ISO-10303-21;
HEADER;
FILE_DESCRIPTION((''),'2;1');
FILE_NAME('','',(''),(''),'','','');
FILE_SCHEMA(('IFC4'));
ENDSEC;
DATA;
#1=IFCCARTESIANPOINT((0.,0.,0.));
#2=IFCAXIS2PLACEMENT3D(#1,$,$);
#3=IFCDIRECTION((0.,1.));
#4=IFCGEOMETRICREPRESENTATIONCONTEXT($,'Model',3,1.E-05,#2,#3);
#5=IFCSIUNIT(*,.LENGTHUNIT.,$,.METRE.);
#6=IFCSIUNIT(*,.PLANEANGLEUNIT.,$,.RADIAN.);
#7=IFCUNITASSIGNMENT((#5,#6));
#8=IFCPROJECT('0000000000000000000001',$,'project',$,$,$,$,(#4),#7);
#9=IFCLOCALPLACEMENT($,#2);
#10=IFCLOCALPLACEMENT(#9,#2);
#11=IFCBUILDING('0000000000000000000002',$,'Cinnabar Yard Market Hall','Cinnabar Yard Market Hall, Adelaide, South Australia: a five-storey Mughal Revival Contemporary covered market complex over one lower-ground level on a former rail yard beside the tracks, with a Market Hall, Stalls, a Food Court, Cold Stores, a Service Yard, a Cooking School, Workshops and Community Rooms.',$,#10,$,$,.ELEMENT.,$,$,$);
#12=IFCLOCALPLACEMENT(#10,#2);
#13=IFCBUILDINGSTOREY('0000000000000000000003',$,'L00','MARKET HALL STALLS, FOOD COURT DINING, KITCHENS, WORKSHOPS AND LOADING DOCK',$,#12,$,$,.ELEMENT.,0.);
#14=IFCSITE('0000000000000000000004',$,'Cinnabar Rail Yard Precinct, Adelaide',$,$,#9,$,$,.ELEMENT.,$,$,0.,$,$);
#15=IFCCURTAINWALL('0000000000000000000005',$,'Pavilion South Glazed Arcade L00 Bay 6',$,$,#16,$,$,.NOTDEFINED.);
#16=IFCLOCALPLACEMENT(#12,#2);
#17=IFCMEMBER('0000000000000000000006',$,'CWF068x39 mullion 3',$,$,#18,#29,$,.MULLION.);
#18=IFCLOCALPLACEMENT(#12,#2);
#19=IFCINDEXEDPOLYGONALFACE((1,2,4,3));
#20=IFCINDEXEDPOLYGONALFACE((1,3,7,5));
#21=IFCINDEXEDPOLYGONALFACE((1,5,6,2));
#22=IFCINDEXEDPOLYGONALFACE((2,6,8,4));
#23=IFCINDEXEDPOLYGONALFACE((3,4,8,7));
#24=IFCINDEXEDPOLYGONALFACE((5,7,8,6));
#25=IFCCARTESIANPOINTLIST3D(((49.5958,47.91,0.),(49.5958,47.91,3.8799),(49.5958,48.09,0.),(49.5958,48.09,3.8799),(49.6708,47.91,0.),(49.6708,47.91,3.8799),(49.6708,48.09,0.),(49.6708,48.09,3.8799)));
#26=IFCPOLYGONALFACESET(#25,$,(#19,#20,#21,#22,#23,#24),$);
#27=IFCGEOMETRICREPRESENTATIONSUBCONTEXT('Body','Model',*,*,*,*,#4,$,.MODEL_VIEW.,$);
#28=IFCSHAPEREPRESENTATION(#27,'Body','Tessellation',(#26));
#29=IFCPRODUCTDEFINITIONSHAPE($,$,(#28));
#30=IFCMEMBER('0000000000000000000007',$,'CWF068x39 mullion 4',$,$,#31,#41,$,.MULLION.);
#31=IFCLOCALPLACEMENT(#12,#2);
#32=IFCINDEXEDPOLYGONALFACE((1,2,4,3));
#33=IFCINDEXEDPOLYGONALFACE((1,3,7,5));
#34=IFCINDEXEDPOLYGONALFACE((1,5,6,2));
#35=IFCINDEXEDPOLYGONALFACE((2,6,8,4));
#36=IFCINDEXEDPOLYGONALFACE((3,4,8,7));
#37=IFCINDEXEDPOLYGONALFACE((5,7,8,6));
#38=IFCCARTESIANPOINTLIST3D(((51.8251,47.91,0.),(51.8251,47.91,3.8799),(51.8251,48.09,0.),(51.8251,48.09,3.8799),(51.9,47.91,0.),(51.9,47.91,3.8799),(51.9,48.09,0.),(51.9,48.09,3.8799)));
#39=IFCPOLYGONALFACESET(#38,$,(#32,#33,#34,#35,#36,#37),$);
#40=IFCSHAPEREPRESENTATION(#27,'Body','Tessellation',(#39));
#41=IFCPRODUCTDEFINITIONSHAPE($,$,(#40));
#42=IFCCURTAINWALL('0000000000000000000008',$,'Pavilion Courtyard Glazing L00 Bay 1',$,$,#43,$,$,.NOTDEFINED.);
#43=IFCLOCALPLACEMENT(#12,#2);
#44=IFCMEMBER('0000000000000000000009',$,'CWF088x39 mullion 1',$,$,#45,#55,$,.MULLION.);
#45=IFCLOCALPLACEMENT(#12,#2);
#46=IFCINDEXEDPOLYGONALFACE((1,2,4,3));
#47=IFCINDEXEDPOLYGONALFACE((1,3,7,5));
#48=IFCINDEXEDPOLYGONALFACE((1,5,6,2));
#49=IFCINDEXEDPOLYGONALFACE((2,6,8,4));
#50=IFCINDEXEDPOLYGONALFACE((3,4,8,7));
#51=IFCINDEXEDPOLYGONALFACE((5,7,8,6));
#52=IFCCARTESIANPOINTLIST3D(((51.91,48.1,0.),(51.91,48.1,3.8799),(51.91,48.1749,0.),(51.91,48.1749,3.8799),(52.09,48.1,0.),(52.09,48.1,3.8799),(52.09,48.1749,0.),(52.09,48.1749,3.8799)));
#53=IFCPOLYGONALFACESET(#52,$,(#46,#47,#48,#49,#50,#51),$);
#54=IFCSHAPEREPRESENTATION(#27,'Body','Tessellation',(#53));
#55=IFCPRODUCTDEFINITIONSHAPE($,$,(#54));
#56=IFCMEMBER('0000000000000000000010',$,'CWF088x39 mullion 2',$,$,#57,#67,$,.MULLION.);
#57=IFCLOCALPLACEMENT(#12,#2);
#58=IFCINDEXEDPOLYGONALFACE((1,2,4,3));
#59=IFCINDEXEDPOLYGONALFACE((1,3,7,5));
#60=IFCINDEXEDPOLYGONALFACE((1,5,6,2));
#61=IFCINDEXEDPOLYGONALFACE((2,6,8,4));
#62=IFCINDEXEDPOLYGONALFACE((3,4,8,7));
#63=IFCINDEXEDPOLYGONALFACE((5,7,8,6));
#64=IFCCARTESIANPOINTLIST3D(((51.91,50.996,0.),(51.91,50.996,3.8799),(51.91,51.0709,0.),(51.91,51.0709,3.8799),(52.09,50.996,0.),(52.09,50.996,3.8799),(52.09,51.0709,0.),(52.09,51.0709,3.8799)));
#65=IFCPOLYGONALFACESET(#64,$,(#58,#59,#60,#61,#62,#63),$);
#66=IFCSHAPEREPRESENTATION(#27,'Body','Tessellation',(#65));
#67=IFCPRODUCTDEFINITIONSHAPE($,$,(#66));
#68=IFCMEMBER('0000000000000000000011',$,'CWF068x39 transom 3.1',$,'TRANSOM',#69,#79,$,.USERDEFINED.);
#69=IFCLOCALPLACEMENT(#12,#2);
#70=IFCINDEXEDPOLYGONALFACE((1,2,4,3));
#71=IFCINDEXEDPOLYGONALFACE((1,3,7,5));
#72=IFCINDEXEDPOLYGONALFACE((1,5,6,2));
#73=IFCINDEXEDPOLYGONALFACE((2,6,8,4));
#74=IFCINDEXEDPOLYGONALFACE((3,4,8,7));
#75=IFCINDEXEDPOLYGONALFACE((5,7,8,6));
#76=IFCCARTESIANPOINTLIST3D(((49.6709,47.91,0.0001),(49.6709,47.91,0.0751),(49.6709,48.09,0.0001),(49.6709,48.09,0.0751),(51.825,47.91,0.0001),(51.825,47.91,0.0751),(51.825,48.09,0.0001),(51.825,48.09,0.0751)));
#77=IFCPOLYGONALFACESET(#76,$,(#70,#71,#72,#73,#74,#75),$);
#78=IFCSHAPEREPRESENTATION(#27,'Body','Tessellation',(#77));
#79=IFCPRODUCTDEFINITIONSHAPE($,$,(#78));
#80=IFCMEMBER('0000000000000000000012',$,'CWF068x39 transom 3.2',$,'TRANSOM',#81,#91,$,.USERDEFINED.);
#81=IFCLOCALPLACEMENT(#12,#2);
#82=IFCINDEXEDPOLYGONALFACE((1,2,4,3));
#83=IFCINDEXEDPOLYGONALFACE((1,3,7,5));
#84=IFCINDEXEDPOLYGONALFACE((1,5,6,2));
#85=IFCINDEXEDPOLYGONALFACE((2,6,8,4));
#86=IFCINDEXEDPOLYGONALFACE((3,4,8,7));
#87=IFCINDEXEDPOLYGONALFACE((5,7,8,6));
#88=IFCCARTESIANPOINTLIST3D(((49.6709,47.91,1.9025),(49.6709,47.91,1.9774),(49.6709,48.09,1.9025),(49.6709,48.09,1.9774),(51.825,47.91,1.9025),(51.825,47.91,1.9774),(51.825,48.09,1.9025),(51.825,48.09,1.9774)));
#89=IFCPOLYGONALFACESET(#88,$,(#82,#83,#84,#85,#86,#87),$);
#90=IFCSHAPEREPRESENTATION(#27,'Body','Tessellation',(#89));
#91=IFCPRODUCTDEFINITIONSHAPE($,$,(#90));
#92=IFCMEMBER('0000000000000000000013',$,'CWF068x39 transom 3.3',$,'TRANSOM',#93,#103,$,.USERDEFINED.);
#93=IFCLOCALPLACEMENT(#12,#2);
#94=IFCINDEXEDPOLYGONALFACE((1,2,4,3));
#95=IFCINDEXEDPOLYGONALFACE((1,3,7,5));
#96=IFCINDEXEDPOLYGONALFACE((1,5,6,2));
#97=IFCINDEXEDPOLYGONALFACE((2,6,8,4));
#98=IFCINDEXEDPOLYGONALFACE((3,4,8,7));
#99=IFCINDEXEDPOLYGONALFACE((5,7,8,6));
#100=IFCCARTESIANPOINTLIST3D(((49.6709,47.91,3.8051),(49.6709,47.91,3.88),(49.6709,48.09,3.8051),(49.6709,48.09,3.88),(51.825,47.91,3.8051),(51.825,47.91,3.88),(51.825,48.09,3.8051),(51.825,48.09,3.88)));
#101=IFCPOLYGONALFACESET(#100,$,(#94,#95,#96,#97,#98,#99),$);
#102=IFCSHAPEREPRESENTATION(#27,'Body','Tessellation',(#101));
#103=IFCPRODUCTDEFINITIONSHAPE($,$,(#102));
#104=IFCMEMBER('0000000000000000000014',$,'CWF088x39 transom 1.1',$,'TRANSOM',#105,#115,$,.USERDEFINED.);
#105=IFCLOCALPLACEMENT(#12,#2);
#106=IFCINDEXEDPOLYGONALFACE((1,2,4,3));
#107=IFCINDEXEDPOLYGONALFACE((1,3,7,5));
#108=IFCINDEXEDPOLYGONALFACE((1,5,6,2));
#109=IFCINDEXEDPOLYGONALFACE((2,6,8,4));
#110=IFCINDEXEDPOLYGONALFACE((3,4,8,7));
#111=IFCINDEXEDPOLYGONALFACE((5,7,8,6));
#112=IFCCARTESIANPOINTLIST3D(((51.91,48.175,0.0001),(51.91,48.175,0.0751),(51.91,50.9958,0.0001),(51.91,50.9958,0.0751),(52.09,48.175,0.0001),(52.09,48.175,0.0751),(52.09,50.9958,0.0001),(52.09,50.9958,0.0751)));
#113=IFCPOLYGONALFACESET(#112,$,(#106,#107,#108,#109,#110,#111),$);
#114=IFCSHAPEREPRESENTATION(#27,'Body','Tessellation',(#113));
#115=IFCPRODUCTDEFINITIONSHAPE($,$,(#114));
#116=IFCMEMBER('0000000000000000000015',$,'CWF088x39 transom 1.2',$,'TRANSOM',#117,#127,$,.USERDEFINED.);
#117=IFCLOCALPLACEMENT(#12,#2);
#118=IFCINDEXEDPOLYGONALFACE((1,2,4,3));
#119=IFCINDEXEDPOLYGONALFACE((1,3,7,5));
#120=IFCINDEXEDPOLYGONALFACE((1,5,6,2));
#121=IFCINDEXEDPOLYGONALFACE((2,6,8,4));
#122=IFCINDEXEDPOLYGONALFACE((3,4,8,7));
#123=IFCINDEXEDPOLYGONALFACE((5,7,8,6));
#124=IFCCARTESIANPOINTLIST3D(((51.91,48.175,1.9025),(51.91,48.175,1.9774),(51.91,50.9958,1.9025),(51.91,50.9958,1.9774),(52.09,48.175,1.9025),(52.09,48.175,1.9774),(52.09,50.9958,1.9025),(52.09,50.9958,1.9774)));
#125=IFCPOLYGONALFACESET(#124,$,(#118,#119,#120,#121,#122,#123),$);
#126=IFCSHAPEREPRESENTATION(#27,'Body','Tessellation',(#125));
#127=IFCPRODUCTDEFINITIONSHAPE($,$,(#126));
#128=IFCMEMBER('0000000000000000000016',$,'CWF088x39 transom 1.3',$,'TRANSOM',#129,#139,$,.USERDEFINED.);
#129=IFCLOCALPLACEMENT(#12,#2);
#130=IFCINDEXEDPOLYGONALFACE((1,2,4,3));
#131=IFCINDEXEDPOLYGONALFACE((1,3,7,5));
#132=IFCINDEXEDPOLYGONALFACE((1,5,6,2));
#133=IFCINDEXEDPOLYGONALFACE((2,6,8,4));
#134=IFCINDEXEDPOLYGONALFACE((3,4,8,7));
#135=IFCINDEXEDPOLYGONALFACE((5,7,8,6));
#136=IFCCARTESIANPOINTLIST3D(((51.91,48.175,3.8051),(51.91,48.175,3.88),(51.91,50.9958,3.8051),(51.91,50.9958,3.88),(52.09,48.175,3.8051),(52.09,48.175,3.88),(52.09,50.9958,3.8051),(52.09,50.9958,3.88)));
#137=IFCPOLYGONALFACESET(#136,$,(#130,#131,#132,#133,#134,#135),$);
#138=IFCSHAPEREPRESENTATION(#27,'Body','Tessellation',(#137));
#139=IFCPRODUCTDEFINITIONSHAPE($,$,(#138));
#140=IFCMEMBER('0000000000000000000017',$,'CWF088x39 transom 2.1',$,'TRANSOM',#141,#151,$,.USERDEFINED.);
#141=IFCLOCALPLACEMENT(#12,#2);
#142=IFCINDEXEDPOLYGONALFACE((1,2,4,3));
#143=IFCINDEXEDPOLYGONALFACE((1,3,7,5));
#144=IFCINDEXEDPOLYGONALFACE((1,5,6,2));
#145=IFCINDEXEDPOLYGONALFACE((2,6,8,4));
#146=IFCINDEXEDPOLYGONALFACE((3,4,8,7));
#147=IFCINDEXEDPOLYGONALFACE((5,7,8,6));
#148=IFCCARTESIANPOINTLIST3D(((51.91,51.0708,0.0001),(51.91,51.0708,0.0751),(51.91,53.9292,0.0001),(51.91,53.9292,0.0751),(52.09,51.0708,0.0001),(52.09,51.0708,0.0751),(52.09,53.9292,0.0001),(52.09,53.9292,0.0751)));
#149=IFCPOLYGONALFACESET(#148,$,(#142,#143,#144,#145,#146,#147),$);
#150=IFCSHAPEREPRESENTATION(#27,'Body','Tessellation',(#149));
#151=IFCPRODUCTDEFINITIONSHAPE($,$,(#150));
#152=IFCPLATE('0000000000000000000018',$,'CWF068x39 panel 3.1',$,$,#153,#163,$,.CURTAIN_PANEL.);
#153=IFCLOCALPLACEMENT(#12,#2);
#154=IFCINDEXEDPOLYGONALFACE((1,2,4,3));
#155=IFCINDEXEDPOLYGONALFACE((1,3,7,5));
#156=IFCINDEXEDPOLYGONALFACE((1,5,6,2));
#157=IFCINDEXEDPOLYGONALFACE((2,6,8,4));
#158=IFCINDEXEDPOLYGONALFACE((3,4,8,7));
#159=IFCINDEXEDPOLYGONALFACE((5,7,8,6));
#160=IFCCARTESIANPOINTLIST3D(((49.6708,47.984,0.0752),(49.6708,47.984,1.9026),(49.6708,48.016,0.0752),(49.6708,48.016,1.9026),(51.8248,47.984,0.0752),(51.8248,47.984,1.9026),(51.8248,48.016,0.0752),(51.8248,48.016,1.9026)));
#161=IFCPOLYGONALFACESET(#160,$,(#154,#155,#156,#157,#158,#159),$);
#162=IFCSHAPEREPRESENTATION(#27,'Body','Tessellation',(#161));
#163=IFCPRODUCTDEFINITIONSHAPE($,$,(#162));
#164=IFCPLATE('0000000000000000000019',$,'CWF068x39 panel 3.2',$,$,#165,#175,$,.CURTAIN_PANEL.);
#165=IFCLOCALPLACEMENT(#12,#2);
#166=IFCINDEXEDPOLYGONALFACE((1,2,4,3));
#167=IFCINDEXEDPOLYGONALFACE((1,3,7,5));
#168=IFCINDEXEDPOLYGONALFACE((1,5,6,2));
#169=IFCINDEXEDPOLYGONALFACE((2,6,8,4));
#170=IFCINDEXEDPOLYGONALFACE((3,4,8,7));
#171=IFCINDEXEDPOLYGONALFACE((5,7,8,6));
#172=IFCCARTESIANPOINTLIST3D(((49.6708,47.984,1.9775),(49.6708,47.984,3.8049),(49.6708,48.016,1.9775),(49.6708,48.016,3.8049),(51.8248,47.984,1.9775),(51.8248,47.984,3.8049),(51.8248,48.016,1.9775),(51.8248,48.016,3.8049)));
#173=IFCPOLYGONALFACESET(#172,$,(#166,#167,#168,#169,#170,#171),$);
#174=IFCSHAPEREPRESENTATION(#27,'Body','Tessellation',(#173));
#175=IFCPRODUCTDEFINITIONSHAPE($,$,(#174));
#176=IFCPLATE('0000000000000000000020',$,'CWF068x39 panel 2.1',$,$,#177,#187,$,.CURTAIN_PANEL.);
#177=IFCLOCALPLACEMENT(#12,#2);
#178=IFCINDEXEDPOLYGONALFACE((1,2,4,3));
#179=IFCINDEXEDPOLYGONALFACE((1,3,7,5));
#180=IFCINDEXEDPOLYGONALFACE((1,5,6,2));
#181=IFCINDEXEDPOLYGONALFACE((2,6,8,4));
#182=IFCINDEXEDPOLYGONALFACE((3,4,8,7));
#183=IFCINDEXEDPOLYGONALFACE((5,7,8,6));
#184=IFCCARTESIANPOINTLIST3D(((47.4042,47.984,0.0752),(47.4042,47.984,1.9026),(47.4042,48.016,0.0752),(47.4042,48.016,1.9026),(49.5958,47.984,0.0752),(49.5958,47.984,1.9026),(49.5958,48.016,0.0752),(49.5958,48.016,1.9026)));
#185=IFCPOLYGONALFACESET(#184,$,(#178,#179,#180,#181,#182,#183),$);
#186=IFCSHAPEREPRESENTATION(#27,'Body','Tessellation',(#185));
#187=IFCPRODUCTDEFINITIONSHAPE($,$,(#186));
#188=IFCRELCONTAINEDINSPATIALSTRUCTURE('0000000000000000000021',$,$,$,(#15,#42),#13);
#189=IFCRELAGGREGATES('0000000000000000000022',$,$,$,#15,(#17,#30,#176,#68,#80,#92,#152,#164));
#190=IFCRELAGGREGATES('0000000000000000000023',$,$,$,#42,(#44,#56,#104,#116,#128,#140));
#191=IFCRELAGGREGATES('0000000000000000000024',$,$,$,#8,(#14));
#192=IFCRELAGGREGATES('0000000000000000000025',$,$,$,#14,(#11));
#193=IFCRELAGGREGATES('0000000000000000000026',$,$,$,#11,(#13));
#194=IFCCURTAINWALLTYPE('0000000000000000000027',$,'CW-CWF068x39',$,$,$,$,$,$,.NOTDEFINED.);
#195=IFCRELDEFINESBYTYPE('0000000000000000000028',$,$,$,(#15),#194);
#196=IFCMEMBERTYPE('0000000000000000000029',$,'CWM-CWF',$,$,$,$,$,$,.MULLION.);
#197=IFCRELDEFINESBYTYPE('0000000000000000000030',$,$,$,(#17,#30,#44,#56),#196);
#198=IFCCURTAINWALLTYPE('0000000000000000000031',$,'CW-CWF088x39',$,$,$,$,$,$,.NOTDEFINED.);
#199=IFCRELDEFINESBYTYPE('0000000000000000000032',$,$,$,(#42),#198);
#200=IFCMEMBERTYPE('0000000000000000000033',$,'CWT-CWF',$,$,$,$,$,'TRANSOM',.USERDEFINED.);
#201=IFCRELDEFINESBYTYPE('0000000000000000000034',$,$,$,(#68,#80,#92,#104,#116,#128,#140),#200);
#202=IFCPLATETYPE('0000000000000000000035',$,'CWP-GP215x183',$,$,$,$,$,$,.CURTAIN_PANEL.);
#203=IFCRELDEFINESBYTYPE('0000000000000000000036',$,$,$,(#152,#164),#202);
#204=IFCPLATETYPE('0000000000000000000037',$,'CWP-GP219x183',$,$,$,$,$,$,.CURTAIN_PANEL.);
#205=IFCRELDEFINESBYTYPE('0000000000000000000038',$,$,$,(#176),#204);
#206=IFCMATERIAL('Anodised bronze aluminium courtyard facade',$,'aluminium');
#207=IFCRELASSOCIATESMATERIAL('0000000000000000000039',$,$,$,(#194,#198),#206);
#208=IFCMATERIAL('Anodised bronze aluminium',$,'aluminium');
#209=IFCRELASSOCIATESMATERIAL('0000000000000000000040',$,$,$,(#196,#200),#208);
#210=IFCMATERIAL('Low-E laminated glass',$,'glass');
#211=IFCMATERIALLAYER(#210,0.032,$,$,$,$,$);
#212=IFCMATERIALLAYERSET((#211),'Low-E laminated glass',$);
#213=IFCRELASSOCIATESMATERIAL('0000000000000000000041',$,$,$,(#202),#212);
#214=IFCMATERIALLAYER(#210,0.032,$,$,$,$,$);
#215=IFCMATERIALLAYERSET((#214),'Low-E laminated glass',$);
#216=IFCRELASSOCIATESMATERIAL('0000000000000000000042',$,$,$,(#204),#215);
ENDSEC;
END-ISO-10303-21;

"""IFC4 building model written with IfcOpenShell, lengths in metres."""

from ifc_helpers import new_model, si_unit, direction, frame, origin, origin_2d_with_axis, place, context, subcontext, project, spatial, rectangle, extrude, material, layer, layer_set, material_profile, profile_set, type_object, element, aggregate, save


model = new_model("IFC4")

# Units and contexts
model_context = context("Model", 3, precision=1e-05, world=origin(), true_north=direction((0.0, 1.0)))
body_context = subcontext(model_context, "Body", "Model", "MODEL_VIEW")
ifc_project = project(units=[si_unit("LENGTHUNIT", "METRE"), si_unit("PLANEANGLEUNIT", "RADIAN")], contexts=[model_context])

# Site, building, storey
site_placement = place(None, origin())
site = spatial("IfcSite", under=ifc_project, at=site_placement, Name="Cinnabar Rail Yard Precinct, Adelaide", CompositionType="ELEMENT", RefElevation=0.0)
building_placement = place(site_placement, origin())
building = spatial("IfcBuilding", under=site, at=building_placement, Name="Cinnabar Yard Market Hall", Description="Cinnabar Yard Market Hall, Adelaide, South Australia: a five-storey Mughal Revival Contemporary covered market complex over one lower-ground level on a former rail yard beside the tracks, with a Market Hall, Stalls, a Food Court, Cold Stores, a Service Yard, a Cooking School, Workshops and Community Rooms.", CompositionType="ELEMENT")
storey_placement = place(building_placement, origin())
storey = spatial("IfcBuildingStorey", under=building, at=storey_placement, Name="L00", Description="MARKET HALL STALLS, FOOD COURT DINING, KITCHENS, WORKSHOPS AND LOADING DOCK", CompositionType="ELEMENT", Elevation=0.0)

# Curtain walls, members
ifc_material_1 = material(Name="Anodised bronze aluminium courtyard facade", Category="aluminium")
curtain_wall_type_1 = type_object("IfcCurtainWallType", Name="CW-CWF068x39", PredefinedType="NOTDEFINED", material=ifc_material_1)
curtain_wall_1_placement = place(storey_placement, origin())
curtain_wall_1 = element("IfcCurtainWall", 1, at=curtain_wall_1_placement, inside=storey, type_object=curtain_wall_type_1, Name="Pavilion South Glazed Arcade L00 Bay 6", PredefinedType="NOTDEFINED")
ifc_material_2 = material(Name="Anodised bronze aluminium", Category="aluminium")
ifc_material_profile_1 = material_profile(ifc_material_2, rectangle(XDim=0.1799, YDim=0.075, at=origin_2d_with_axis()), Name="MUL-CWF")
ifc_profile_set_1 = profile_set([ifc_material_profile_1], Name="Anodised bronze aluminium")
member_type_1 = type_object("IfcMemberType", Name="CWM-CWF", PredefinedType="MULLION", material=ifc_profile_set_1)
member_1_placement = place(storey_placement, frame((49.6333, 48.0, 0.0), z_axis=(0.0, 0.0, 1.0), x_axis=(0.0, 1.0, 0.0)))
member_1 = element("IfcMember", 2, at=member_1_placement, type_object=member_type_1, Name="CWF068x39 mullion 3", PredefinedType="MULLION", context=body_context, shape_type="SweptSolid", body=[
    extrude(rectangle(XDim=0.1799, YDim=0.075, at=origin_2d_with_axis()), origin(), (0.0, 0.0, 1.0), 3.8799),
])
member_2_placement = place(storey_placement, frame((51.8625, 48.0, 0.0), z_axis=(0.0, 0.0, 1.0), x_axis=(0.0, 1.0, 0.0)))
member_2 = element("IfcMember", 3, at=member_2_placement, type_object=member_type_1, Name="CWF068x39 mullion 4", PredefinedType="MULLION", context=body_context, shape_type="SweptSolid", body=[
    extrude(rectangle(XDim=0.1799, YDim=0.075, at=origin_2d_with_axis()), origin(), (0.0, 0.0, 1.0), 3.8799),
])
curtain_wall_type_2 = type_object("IfcCurtainWallType", Name="CW-CWF088x39", PredefinedType="NOTDEFINED", material=ifc_material_1)
curtain_wall_2_placement = place(storey_placement, origin())
curtain_wall_2 = element("IfcCurtainWall", 4, at=curtain_wall_2_placement, inside=storey, type_object=curtain_wall_type_2, Name="Pavilion Courtyard Glazing L00 Bay 1", PredefinedType="NOTDEFINED")
member_3_placement = place(storey_placement, frame((52.0, 48.1375, 0.0), z_axis=(0.0, 0.0, 1.0), x_axis=(-1.0, 0.0, 0.0)))
member_3 = element("IfcMember", 5, at=member_3_placement, type_object=member_type_1, Name="CWF088x39 mullion 1", PredefinedType="MULLION", context=body_context, shape_type="SweptSolid", body=[
    extrude(rectangle(XDim=0.1799, YDim=0.075, at=origin_2d_with_axis()), origin(), (0.0, 0.0, 1.0), 3.8799),
])
member_4_placement = place(storey_placement, frame((52.0, 51.0334, 0.0), z_axis=(0.0, 0.0, 1.0), x_axis=(-1.0, 0.0, 0.0)))
member_4 = element("IfcMember", 6, at=member_4_placement, type_object=member_type_1, Name="CWF088x39 mullion 2", PredefinedType="MULLION", context=body_context, shape_type="SweptSolid", body=[
    extrude(rectangle(XDim=0.1799, YDim=0.075, at=origin_2d_with_axis()), origin(), (0.0, 0.0, 1.0), 3.8799),
])

# Members
ifc_material_profile_2 = material_profile(ifc_material_2, rectangle(XDim=0.1799, YDim=0.075, at=origin_2d_with_axis()), Name="TRN-CWF")
ifc_profile_set_2 = profile_set([ifc_material_profile_2], Name="Anodised bronze aluminium")
member_type_2 = type_object("IfcMemberType", Name="CWT-CWF", ElementType="TRANSOM", PredefinedType="USERDEFINED", material=ifc_profile_set_2)
member_5_placement = place(storey_placement, frame((49.6709, 48.0, 0.0376), z_axis=(1.0, 0.0, 0.0), x_axis=(0.0, 1.0, 0.0)))
member_5 = element("IfcMember", 7, at=member_5_placement, type_object=member_type_2, Name="CWF068x39 transom 3.1", ObjectType="TRANSOM", PredefinedType="USERDEFINED", context=body_context, shape_type="SweptSolid", body=[
    extrude(rectangle(XDim=0.1799, YDim=0.075, at=origin_2d_with_axis()), origin(), (0.0, 0.0, 1.0), 2.1541),
])
member_6_placement = place(storey_placement, frame((49.6709, 48.0, 1.9399), z_axis=(1.0, 0.0, 0.0), x_axis=(0.0, 1.0, 0.0)))
member_6 = element("IfcMember", 8, at=member_6_placement, type_object=member_type_2, Name="CWF068x39 transom 3.2", ObjectType="TRANSOM", PredefinedType="USERDEFINED", context=body_context, shape_type="SweptSolid", body=[
    extrude(rectangle(XDim=0.1799, YDim=0.075, at=origin_2d_with_axis()), origin(), (0.0, 0.0, 1.0), 2.1541),
])
member_7_placement = place(storey_placement, frame((49.6709, 48.0, 3.8425), z_axis=(1.0, 0.0, 0.0), x_axis=(0.0, 1.0, 0.0)))
member_7 = element("IfcMember", 9, at=member_7_placement, type_object=member_type_2, Name="CWF068x39 transom 3.3", ObjectType="TRANSOM", PredefinedType="USERDEFINED", context=body_context, shape_type="SweptSolid", body=[
    extrude(rectangle(XDim=0.1799, YDim=0.075, at=origin_2d_with_axis()), origin(), (0.0, 0.0, 1.0), 2.1541),
])
member_8_placement = place(storey_placement, frame((52.0, 48.175, 0.0376), z_axis=(0.0, 1.0, 0.0), x_axis=(-1.0, 0.0, 0.0)))
member_8 = element("IfcMember", 10, at=member_8_placement, type_object=member_type_2, Name="CWF088x39 transom 1.1", ObjectType="TRANSOM", PredefinedType="USERDEFINED", context=body_context, shape_type="SweptSolid", body=[
    extrude(rectangle(XDim=0.1799, YDim=0.075, at=origin_2d_with_axis()), origin(), (0.0, 0.0, 1.0), 2.8208),
])
member_9_placement = place(storey_placement, frame((52.0, 48.175, 1.9399), z_axis=(0.0, 1.0, 0.0), x_axis=(-1.0, 0.0, 0.0)))
member_9 = element("IfcMember", 11, at=member_9_placement, type_object=member_type_2, Name="CWF088x39 transom 1.2", ObjectType="TRANSOM", PredefinedType="USERDEFINED", context=body_context, shape_type="SweptSolid", body=[
    extrude(rectangle(XDim=0.1799, YDim=0.075, at=origin_2d_with_axis()), origin(), (0.0, 0.0, 1.0), 2.8208),
])
member_10_placement = place(storey_placement, frame((52.0, 48.175, 3.8425), z_axis=(0.0, 1.0, 0.0), x_axis=(-1.0, 0.0, 0.0)))
member_10 = element("IfcMember", 12, at=member_10_placement, type_object=member_type_2, Name="CWF088x39 transom 1.3", ObjectType="TRANSOM", PredefinedType="USERDEFINED", context=body_context, shape_type="SweptSolid", body=[
    extrude(rectangle(XDim=0.1799, YDim=0.075, at=origin_2d_with_axis()), origin(), (0.0, 0.0, 1.0), 2.8208),
])
member_11_placement = place(storey_placement, frame((52.0, 51.0708, 0.0376), z_axis=(0.0, 1.0, 0.0), x_axis=(-1.0, 0.0, 0.0)))
member_11 = element("IfcMember", 13, at=member_11_placement, type_object=member_type_2, Name="CWF088x39 transom 2.1", ObjectType="TRANSOM", PredefinedType="USERDEFINED", context=body_context, shape_type="SweptSolid", body=[
    extrude(rectangle(XDim=0.1799, YDim=0.075, at=origin_2d_with_axis()), origin(), (0.0, 0.0, 1.0), 2.8584),
])

# Plates
ifc_material_3 = material(Name="Low-E laminated glass", Category="glass")
ifc_layer_1 = layer(ifc_material_3, 0.032)
ifc_layer_set_1 = layer_set([ifc_layer_1], Name="Low-E laminated glass")
plate_type_1 = type_object("IfcPlateType", Name="CWP-GP215x183", PredefinedType="CURTAIN_PANEL", material=ifc_layer_set_1)
plate_1_placement = place(storey_placement, frame((50.7478, 48.0, 0.0752), z_axis=(0.0, 0.0, 1.0), x_axis=(1.0, 0.0, 0.0)))
plate_1 = element("IfcPlate", 14, at=plate_1_placement, type_object=plate_type_1, Name="CWF068x39 panel 3.1", PredefinedType="CURTAIN_PANEL", context=body_context, shape_type="SweptSolid", body=[
    extrude(rectangle(XDim=2.1541, YDim=0.032, at=origin_2d_with_axis()), origin(), (0.0, 0.0, 1.0), 1.8274),
])
plate_2_placement = place(storey_placement, frame((50.7478, 48.0, 1.9775), z_axis=(0.0, 0.0, 1.0), x_axis=(1.0, 0.0, 0.0)))
plate_2 = element("IfcPlate", 15, at=plate_2_placement, type_object=plate_type_1, Name="CWF068x39 panel 3.2", PredefinedType="CURTAIN_PANEL", context=body_context, shape_type="SweptSolid", body=[
    extrude(rectangle(XDim=2.1541, YDim=0.032, at=origin_2d_with_axis()), origin(), (0.0, 0.0, 1.0), 1.8274),
])
ifc_layer_2 = layer(ifc_material_3, 0.032)
ifc_layer_set_2 = layer_set([ifc_layer_2], Name="Low-E laminated glass")
plate_type_2 = type_object("IfcPlateType", Name="CWP-GP219x183", PredefinedType="CURTAIN_PANEL", material=ifc_layer_set_2)
plate_3_placement = place(storey_placement, frame((48.5, 48.0, 0.0752), z_axis=(0.0, 0.0, 1.0), x_axis=(1.0, 0.0, 0.0)))
plate_3 = element("IfcPlate", 16, at=plate_3_placement, type_object=plate_type_2, Name="CWF068x39 panel 2.1", PredefinedType="CURTAIN_PANEL", context=body_context, shape_type="SweptSolid", body=[
    extrude(rectangle(XDim=2.1917, YDim=0.032, at=origin_2d_with_axis()), origin(), (0.0, 0.0, 1.0), 1.8274),
])
aggregate(curtain_wall_1, [member_1, member_2, plate_3, member_5, member_6, member_7, plate_1, plate_2])
aggregate(curtain_wall_2, [member_3, member_4, member_8, member_9, member_10, member_11])

save(model, "model.ifc")
